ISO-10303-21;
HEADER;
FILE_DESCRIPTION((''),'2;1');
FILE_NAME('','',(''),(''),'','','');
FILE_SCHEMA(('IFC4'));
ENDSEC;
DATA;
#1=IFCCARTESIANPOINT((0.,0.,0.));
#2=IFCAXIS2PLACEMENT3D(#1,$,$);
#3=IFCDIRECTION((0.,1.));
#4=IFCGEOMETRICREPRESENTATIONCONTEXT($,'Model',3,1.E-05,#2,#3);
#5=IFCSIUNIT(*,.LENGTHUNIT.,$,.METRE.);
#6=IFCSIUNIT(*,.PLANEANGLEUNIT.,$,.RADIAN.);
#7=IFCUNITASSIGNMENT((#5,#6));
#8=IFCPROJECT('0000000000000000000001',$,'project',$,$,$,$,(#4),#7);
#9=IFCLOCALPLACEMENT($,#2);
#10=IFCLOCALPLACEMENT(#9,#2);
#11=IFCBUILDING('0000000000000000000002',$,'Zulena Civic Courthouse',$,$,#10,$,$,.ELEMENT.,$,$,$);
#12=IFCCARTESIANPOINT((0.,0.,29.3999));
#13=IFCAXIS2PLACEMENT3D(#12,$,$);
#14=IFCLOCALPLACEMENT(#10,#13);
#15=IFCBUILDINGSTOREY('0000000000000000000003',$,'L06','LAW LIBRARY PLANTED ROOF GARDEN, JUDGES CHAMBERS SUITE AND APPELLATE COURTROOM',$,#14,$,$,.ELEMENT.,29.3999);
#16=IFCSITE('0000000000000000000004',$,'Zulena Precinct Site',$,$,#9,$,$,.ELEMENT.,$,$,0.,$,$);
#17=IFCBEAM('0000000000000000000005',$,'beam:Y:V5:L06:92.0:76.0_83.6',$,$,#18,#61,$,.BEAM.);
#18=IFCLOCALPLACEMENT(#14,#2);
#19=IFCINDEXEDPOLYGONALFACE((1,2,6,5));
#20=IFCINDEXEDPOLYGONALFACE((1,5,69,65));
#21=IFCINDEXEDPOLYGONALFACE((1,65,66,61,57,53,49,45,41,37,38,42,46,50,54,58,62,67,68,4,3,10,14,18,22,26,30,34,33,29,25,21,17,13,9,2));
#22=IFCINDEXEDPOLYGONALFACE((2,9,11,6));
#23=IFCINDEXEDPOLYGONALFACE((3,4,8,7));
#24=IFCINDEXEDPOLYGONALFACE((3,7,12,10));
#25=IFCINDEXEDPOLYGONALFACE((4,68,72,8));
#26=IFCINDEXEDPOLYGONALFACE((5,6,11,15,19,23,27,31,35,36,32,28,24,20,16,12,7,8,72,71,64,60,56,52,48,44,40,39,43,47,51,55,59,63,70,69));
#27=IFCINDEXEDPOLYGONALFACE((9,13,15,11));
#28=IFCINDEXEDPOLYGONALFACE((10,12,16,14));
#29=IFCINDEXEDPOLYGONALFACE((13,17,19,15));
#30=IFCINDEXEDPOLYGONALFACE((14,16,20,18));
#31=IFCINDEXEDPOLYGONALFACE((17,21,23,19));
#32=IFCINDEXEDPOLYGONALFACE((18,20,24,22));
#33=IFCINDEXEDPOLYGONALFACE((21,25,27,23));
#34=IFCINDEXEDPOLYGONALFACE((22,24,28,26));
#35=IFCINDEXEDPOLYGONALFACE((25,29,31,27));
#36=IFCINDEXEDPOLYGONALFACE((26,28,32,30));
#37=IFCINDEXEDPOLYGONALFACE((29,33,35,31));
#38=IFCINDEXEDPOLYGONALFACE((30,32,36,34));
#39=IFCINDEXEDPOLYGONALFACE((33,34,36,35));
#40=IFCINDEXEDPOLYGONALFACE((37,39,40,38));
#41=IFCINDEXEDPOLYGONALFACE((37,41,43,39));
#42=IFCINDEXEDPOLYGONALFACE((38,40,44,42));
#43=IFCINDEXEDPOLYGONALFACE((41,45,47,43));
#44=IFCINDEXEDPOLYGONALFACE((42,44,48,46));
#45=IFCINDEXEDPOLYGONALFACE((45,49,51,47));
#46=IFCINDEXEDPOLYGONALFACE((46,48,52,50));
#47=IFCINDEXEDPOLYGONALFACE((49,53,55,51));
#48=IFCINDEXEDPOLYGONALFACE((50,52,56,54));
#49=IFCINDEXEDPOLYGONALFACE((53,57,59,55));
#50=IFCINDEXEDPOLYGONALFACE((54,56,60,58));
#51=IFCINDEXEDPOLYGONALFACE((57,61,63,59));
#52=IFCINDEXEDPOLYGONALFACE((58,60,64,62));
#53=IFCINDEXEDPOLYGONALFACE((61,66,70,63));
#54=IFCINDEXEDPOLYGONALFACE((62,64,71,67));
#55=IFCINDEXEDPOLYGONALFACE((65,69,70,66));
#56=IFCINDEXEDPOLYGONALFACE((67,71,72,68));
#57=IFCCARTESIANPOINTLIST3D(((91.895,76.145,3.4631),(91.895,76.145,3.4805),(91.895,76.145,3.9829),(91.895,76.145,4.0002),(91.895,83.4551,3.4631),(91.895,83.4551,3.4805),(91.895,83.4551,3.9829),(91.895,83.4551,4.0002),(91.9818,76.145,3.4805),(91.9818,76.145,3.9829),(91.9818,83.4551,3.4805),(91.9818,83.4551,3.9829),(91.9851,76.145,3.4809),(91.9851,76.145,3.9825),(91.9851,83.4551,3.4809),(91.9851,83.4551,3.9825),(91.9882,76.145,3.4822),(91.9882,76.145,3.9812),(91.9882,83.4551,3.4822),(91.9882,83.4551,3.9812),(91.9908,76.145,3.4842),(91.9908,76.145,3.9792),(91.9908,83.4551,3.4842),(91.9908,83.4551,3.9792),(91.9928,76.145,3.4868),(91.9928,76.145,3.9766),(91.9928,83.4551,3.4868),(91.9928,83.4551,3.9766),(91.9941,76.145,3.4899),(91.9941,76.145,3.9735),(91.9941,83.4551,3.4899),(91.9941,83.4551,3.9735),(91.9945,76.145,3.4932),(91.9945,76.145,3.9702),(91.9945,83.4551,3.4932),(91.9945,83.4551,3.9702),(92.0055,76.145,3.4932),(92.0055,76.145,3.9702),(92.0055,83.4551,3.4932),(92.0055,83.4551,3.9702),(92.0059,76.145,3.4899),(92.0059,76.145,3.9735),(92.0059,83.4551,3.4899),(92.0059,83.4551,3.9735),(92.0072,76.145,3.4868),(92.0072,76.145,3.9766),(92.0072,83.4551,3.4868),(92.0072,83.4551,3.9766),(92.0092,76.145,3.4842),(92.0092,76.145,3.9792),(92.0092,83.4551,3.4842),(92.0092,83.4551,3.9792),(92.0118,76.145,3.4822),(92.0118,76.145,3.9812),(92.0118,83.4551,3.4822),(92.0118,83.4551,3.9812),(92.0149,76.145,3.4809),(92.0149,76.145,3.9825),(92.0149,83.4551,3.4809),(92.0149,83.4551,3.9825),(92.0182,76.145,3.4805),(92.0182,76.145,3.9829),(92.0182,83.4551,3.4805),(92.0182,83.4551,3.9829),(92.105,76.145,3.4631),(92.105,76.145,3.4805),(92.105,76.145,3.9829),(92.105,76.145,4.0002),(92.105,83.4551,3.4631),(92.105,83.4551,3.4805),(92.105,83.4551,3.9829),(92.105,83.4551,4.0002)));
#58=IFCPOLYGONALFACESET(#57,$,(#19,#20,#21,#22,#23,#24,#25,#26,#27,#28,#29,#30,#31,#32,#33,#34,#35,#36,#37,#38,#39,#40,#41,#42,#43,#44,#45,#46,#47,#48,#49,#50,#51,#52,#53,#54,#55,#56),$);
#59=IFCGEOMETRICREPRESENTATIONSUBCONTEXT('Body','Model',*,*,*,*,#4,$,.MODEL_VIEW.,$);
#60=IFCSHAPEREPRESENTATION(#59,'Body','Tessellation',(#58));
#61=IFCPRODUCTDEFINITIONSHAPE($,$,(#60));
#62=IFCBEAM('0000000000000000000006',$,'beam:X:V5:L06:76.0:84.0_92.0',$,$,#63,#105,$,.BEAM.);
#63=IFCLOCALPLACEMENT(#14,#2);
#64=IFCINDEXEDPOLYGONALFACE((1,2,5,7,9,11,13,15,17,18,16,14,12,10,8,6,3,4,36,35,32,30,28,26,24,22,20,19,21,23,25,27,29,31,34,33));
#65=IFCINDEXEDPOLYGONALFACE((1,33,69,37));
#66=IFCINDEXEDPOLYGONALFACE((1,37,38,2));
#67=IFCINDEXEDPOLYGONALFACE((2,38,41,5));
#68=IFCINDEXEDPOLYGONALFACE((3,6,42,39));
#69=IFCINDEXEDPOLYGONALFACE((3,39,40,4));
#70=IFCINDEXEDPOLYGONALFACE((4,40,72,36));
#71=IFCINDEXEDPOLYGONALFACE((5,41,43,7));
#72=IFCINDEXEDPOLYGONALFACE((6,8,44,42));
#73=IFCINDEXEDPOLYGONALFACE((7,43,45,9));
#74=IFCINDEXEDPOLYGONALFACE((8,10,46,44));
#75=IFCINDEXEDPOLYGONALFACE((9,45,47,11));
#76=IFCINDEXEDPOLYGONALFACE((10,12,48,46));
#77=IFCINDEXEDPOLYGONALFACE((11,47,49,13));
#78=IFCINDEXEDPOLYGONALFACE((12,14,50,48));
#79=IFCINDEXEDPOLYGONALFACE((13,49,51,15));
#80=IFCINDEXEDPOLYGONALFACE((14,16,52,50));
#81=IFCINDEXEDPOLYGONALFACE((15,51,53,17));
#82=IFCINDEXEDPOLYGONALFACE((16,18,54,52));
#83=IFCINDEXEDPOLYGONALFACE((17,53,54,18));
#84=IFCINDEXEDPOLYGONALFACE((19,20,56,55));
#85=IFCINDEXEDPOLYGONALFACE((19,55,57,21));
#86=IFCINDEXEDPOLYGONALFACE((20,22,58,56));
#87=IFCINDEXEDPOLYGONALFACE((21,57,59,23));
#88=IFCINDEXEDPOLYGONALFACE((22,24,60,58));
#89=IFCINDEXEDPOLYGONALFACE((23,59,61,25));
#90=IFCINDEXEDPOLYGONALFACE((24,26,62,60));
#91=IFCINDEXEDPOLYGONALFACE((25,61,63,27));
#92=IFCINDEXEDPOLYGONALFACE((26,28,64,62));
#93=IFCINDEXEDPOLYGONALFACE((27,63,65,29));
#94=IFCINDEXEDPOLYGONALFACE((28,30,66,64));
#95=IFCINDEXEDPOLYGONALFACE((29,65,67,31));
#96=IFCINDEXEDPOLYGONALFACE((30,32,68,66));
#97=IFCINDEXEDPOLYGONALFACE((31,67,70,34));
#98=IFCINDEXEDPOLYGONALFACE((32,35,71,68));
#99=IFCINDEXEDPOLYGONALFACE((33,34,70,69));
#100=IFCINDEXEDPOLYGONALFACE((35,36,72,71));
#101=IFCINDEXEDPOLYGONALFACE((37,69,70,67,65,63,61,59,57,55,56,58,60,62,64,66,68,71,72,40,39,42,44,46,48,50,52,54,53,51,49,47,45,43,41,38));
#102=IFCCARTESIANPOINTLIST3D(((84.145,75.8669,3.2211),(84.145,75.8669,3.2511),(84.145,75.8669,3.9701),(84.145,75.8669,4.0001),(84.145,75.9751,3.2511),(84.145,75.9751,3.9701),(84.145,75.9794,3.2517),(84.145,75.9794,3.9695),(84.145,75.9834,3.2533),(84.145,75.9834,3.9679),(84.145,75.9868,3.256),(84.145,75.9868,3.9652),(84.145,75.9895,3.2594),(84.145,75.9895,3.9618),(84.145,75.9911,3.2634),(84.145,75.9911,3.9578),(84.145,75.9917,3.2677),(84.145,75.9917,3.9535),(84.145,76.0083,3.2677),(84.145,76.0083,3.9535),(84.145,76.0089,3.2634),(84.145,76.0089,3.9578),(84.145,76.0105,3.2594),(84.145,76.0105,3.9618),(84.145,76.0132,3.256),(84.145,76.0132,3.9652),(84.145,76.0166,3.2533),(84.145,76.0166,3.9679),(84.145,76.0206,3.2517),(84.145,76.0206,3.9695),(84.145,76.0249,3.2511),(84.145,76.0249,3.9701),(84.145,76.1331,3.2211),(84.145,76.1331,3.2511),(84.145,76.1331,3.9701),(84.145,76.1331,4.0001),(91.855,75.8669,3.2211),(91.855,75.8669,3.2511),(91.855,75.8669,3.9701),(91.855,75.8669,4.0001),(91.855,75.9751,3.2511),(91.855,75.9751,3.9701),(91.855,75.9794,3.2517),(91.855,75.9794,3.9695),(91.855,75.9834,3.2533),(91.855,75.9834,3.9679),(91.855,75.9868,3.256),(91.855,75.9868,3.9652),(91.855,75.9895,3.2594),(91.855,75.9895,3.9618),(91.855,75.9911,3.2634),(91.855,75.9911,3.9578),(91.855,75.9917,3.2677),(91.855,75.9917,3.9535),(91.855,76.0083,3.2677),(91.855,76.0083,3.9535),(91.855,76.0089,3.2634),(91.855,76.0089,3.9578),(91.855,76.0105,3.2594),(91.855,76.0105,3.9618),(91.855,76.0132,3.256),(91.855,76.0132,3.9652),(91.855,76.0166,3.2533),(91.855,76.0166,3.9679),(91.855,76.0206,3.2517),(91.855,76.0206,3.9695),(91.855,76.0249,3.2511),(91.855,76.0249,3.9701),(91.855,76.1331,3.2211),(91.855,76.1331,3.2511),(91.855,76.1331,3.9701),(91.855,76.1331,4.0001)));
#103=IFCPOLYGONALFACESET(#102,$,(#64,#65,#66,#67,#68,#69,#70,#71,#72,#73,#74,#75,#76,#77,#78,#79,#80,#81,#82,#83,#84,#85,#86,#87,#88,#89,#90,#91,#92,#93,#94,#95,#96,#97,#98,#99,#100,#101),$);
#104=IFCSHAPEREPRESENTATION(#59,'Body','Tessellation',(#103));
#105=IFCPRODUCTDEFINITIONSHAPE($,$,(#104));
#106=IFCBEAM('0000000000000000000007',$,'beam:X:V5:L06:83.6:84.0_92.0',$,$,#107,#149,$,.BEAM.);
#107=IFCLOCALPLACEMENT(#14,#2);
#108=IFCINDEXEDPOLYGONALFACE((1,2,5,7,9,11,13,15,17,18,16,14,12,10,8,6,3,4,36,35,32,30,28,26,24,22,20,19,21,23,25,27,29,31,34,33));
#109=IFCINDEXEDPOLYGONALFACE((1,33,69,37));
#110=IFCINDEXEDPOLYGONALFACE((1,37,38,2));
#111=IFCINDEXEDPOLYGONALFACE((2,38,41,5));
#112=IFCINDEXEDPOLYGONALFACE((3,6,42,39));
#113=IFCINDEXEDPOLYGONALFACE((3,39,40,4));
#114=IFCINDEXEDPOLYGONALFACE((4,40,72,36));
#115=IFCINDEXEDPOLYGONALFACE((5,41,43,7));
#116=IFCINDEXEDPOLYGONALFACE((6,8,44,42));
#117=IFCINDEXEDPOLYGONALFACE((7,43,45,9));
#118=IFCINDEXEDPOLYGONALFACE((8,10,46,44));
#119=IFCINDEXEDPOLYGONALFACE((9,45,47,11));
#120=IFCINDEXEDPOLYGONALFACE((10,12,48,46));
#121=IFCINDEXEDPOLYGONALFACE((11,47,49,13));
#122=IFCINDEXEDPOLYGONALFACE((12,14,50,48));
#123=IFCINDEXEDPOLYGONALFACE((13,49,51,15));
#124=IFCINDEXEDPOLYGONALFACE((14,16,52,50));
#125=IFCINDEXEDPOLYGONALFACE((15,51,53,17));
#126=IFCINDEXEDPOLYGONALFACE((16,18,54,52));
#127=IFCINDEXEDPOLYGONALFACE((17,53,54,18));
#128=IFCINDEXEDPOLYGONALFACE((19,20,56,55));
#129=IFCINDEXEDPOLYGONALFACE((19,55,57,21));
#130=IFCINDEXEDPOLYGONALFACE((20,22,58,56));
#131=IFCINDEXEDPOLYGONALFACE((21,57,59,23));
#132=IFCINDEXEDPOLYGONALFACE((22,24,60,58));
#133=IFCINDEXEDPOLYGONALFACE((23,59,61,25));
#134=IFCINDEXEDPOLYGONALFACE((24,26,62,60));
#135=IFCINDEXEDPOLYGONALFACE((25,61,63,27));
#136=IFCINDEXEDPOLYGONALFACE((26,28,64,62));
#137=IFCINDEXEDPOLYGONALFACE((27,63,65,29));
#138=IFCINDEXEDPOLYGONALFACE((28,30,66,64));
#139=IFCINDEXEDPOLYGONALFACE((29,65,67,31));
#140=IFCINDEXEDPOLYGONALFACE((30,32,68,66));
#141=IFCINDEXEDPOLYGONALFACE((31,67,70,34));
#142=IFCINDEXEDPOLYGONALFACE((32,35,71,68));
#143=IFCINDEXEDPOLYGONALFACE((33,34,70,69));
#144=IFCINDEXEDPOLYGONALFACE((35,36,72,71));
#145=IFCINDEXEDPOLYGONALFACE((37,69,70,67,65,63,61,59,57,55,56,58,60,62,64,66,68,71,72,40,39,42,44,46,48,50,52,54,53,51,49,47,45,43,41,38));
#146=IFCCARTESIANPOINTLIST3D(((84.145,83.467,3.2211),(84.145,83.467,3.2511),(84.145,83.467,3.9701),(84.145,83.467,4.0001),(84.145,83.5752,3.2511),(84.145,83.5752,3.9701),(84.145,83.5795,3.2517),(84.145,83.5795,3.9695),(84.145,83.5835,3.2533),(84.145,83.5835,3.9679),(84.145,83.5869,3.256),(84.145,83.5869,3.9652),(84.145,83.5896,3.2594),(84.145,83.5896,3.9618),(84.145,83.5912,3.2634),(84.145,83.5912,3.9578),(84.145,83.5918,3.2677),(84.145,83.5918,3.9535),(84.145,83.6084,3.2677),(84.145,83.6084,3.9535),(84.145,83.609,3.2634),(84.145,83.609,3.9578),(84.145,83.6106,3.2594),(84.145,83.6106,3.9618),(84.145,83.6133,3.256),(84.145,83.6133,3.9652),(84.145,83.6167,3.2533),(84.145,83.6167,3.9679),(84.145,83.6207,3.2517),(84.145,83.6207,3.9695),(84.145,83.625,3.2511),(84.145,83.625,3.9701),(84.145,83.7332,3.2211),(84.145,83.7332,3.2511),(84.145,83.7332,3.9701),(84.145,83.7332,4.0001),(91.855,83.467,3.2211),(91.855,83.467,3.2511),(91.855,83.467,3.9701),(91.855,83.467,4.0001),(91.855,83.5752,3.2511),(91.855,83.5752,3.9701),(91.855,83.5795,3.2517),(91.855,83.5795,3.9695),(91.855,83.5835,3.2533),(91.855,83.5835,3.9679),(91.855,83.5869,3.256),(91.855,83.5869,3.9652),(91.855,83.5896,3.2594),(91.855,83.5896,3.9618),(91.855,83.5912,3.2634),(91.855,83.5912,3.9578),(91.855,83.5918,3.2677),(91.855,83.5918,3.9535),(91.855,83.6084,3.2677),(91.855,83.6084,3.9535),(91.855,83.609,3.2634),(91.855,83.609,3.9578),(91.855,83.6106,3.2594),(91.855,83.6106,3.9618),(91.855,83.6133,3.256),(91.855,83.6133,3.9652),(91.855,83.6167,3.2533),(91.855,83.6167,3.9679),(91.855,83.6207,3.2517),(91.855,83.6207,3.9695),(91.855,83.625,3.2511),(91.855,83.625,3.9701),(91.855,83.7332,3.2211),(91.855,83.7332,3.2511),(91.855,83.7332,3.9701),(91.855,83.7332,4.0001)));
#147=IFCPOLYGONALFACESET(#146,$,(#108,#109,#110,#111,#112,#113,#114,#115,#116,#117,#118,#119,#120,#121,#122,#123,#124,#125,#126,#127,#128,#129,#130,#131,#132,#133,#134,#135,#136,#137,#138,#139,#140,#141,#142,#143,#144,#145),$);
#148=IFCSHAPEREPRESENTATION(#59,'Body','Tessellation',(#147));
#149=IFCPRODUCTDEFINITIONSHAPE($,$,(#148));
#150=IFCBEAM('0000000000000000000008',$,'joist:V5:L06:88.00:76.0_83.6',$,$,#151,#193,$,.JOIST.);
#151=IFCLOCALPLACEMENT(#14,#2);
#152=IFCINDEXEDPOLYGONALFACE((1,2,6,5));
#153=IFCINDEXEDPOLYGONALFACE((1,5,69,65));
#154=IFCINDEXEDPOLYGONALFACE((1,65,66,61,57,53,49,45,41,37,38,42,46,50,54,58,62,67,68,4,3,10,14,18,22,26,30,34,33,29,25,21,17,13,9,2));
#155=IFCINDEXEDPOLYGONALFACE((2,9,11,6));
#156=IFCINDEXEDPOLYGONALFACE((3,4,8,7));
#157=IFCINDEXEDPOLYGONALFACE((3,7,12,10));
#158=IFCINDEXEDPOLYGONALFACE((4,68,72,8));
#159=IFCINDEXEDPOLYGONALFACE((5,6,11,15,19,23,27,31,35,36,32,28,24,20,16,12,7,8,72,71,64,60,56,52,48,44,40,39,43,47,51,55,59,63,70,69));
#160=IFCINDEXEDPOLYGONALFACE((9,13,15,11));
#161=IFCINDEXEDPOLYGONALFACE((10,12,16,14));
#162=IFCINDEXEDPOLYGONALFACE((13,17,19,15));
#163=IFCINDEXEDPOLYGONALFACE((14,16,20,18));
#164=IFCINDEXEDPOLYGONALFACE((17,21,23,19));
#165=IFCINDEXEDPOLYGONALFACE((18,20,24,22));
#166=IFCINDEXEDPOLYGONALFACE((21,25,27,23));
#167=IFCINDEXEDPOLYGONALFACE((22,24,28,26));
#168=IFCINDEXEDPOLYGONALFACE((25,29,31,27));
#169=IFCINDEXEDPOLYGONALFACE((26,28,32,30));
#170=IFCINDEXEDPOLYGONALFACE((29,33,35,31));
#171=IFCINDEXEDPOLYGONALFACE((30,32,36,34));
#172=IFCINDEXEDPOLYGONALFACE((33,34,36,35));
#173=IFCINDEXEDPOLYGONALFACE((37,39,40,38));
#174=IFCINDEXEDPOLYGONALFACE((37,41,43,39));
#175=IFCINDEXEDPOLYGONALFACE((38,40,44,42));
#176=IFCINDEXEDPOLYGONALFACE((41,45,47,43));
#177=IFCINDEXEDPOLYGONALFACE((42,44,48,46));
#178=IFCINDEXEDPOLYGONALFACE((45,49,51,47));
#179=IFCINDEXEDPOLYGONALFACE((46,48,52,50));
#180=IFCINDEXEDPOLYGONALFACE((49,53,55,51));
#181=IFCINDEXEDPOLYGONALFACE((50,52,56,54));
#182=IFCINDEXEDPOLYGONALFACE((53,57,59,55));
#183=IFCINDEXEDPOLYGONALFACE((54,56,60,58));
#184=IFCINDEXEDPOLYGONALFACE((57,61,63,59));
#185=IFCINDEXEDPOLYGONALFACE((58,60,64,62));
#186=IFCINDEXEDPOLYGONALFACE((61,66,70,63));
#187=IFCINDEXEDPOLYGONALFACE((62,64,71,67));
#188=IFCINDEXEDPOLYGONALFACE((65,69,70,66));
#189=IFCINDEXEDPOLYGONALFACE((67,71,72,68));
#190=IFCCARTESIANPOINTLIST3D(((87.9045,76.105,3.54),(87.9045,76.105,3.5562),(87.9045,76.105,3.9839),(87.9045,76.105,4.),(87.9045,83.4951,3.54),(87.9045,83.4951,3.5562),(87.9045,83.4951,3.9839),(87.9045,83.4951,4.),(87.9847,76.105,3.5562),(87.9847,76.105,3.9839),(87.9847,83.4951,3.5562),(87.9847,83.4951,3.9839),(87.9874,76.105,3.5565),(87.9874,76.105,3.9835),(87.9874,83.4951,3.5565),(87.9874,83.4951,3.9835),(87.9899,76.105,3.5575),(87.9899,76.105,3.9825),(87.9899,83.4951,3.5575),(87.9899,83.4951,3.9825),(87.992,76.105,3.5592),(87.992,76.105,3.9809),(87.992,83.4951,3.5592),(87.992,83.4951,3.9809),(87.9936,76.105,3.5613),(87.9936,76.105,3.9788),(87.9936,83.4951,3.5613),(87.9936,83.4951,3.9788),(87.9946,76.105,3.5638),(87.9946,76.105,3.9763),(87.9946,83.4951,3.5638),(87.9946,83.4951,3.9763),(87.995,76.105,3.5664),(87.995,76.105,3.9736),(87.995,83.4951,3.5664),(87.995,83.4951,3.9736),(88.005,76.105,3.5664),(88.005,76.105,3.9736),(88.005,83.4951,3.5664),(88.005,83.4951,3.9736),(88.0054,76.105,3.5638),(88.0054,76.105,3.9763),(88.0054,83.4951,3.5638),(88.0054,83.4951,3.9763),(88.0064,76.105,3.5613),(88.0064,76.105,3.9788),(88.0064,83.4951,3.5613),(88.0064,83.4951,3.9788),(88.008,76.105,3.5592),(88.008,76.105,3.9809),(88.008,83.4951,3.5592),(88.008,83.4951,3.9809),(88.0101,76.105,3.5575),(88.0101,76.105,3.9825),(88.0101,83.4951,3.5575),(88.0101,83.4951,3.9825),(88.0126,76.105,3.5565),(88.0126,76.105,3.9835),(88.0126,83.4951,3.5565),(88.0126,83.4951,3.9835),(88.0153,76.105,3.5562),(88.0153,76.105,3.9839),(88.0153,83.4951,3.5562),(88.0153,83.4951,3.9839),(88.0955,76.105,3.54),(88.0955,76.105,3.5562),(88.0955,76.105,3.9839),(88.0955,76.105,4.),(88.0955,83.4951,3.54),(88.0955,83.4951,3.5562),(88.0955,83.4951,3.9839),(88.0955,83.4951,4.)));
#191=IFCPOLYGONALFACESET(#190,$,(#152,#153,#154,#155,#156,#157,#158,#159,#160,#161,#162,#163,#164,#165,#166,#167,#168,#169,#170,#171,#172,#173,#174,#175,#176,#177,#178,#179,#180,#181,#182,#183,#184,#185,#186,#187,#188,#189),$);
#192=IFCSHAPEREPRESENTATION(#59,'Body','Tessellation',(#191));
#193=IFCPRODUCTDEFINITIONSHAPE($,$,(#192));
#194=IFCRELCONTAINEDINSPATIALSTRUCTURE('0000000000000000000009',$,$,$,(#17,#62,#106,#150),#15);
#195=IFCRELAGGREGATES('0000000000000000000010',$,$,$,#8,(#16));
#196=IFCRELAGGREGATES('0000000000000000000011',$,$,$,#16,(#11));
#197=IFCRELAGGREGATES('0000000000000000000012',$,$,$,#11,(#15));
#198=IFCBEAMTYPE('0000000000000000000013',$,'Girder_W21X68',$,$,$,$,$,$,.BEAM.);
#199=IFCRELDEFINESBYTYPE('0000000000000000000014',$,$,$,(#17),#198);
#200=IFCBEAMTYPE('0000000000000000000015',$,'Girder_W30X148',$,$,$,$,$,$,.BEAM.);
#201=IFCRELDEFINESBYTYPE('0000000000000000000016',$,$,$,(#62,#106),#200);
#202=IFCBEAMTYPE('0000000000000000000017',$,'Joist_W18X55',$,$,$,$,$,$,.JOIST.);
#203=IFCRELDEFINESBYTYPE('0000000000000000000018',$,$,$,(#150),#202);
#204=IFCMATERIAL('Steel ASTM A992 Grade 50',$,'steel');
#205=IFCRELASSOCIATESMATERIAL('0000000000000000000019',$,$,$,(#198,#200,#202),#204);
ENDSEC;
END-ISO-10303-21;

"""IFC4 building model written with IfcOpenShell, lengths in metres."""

from ifc_helpers import new_model, si_unit, direction, frame, origin, origin_2d, place, context, subcontext, project, spatial, i_section, extrude, material, material_profile, profile_set, type_object, element, save


model = new_model("IFC4")

# Units and contexts
model_context = context("Model", 3, precision=1e-05, world=origin(), true_north=direction((0.0, 1.0)))
body_context = subcontext(model_context, "Body", "Model", "MODEL_VIEW")
ifc_project = project(units=[si_unit("LENGTHUNIT", "METRE"), si_unit("PLANEANGLEUNIT", "RADIAN")], contexts=[model_context])

# Site, building, storey
site_placement = place(None, origin())
site = spatial("IfcSite", under=ifc_project, at=site_placement, Name="Zulena Precinct Site", CompositionType="ELEMENT", RefElevation=0.0)
building_placement = place(site_placement, origin())
building = spatial("IfcBuilding", under=site, at=building_placement, Name="Zulena Civic Courthouse", CompositionType="ELEMENT")
storey_placement = place(building_placement, frame((0.0, 0.0, 29.3999)))
storey = spatial("IfcBuildingStorey", under=building, at=storey_placement, Name="L06", Description="LAW LIBRARY PLANTED ROOF GARDEN, JUDGES CHAMBERS SUITE AND APPELLATE COURTROOM", CompositionType="ELEMENT", Elevation=29.3999)

# Shared definitions
ifc_material_1 = material(Name="Steel ASTM A992 Grade 50", Category="steel")

# Beams
ifc_material_profile_1 = material_profile(ifc_material_1, i_section(OverallWidth=0.21, OverallDepth=0.5371, WebThickness=0.011, FlangeThickness=0.0173, FilletRadius=0.0127, at=origin_2d()), Name="W21X68")
ifc_profile_set_1 = profile_set([ifc_material_profile_1], Name="Steel ASTM A992 Grade 50")
beam_type_1 = type_object("IfcBeamType", Name="Girder_W21X68", PredefinedType="BEAM", material=ifc_profile_set_1)
for number, where, z_axis, x_axis, name in (
    (1, (92.0, 76.145, 3.7317), (0.0, 1.0, 0.0), (-1.0, 0.0, 0.0), "beam:Y:V5:L06:92.0:76.0_83.6"),
):
    element("IfcBeam", number, at=place(storey_placement, frame(where, z_axis=z_axis, x_axis=x_axis)), inside=storey, type_object=beam_type_1, Name=name, PredefinedType="BEAM", context=body_context, shape_type="SweptSolid", body=[
        extrude(i_section(OverallWidth=0.21, OverallDepth=0.5371, WebThickness=0.011, FlangeThickness=0.0173, FilletRadius=0.0127, at=origin_2d()), origin(), (0.0, 0.0, 1.0), 7.3101),
    ])
ifc_material_profile_2 = material_profile(ifc_material_1, i_section(OverallWidth=0.2661, OverallDepth=0.7791, WebThickness=0.0166, FlangeThickness=0.03, FilletRadius=0.0166, at=origin_2d()), Name="W30X148")
ifc_profile_set_2 = profile_set([ifc_material_profile_2], Name="Steel ASTM A992 Grade 50")
beam_type_2 = type_object("IfcBeamType", Name="Girder_W30X148", PredefinedType="BEAM", material=ifc_profile_set_2)
for number, where, z_axis, x_axis, name in (
    (2, (84.145, 76.0, 3.6106), (1.0, 0.0, 0.0), (0.0, 1.0, 0.0), "beam:X:V5:L06:76.0:84.0_92.0"),
    (3, (84.145, 83.6001, 3.6106), (1.0, 0.0, 0.0), (0.0, 1.0, 0.0), "beam:X:V5:L06:83.6:84.0_92.0"),
):
    element("IfcBeam", number, at=place(storey_placement, frame(where, z_axis=z_axis, x_axis=x_axis)), inside=storey, type_object=beam_type_2, Name=name, PredefinedType="BEAM", context=body_context, shape_type="SweptSolid", body=[
        extrude(i_section(OverallWidth=0.2661, OverallDepth=0.7791, WebThickness=0.0166, FlangeThickness=0.03, FilletRadius=0.0166, at=origin_2d()), origin(), (0.0, 0.0, 1.0), 7.71),
    ])
ifc_material_profile_3 = material_profile(ifc_material_1, i_section(OverallWidth=0.1909, OverallDepth=0.46, WebThickness=0.01, FlangeThickness=0.0161, FilletRadius=0.0103, at=origin_2d()), Name="W18X55")
ifc_profile_set_3 = profile_set([ifc_material_profile_3], Name="Steel ASTM A992 Grade 50")
beam_type_3 = type_object("IfcBeamType", Name="Joist_W18X55", PredefinedType="JOIST", material=ifc_profile_set_3)
beam_1_placement = place(storey_placement, frame((88.0, 76.105, 3.77), z_axis=(0.0, 1.0, 0.0), x_axis=(-1.0, 0.0, 0.0)))
element("IfcBeam", 4, at=beam_1_placement, inside=storey, type_object=beam_type_3, Name="joist:V5:L06:88.00:76.0_83.6", PredefinedType="JOIST", context=body_context, shape_type="SweptSolid", body=[
    extrude(i_section(OverallWidth=0.1909, OverallDepth=0.46, WebThickness=0.01, FlangeThickness=0.0161, FilletRadius=0.0103, at=origin_2d()), origin(), (0.0, 0.0, 1.0), 7.3901),
])

save(model, "model.ifc")
